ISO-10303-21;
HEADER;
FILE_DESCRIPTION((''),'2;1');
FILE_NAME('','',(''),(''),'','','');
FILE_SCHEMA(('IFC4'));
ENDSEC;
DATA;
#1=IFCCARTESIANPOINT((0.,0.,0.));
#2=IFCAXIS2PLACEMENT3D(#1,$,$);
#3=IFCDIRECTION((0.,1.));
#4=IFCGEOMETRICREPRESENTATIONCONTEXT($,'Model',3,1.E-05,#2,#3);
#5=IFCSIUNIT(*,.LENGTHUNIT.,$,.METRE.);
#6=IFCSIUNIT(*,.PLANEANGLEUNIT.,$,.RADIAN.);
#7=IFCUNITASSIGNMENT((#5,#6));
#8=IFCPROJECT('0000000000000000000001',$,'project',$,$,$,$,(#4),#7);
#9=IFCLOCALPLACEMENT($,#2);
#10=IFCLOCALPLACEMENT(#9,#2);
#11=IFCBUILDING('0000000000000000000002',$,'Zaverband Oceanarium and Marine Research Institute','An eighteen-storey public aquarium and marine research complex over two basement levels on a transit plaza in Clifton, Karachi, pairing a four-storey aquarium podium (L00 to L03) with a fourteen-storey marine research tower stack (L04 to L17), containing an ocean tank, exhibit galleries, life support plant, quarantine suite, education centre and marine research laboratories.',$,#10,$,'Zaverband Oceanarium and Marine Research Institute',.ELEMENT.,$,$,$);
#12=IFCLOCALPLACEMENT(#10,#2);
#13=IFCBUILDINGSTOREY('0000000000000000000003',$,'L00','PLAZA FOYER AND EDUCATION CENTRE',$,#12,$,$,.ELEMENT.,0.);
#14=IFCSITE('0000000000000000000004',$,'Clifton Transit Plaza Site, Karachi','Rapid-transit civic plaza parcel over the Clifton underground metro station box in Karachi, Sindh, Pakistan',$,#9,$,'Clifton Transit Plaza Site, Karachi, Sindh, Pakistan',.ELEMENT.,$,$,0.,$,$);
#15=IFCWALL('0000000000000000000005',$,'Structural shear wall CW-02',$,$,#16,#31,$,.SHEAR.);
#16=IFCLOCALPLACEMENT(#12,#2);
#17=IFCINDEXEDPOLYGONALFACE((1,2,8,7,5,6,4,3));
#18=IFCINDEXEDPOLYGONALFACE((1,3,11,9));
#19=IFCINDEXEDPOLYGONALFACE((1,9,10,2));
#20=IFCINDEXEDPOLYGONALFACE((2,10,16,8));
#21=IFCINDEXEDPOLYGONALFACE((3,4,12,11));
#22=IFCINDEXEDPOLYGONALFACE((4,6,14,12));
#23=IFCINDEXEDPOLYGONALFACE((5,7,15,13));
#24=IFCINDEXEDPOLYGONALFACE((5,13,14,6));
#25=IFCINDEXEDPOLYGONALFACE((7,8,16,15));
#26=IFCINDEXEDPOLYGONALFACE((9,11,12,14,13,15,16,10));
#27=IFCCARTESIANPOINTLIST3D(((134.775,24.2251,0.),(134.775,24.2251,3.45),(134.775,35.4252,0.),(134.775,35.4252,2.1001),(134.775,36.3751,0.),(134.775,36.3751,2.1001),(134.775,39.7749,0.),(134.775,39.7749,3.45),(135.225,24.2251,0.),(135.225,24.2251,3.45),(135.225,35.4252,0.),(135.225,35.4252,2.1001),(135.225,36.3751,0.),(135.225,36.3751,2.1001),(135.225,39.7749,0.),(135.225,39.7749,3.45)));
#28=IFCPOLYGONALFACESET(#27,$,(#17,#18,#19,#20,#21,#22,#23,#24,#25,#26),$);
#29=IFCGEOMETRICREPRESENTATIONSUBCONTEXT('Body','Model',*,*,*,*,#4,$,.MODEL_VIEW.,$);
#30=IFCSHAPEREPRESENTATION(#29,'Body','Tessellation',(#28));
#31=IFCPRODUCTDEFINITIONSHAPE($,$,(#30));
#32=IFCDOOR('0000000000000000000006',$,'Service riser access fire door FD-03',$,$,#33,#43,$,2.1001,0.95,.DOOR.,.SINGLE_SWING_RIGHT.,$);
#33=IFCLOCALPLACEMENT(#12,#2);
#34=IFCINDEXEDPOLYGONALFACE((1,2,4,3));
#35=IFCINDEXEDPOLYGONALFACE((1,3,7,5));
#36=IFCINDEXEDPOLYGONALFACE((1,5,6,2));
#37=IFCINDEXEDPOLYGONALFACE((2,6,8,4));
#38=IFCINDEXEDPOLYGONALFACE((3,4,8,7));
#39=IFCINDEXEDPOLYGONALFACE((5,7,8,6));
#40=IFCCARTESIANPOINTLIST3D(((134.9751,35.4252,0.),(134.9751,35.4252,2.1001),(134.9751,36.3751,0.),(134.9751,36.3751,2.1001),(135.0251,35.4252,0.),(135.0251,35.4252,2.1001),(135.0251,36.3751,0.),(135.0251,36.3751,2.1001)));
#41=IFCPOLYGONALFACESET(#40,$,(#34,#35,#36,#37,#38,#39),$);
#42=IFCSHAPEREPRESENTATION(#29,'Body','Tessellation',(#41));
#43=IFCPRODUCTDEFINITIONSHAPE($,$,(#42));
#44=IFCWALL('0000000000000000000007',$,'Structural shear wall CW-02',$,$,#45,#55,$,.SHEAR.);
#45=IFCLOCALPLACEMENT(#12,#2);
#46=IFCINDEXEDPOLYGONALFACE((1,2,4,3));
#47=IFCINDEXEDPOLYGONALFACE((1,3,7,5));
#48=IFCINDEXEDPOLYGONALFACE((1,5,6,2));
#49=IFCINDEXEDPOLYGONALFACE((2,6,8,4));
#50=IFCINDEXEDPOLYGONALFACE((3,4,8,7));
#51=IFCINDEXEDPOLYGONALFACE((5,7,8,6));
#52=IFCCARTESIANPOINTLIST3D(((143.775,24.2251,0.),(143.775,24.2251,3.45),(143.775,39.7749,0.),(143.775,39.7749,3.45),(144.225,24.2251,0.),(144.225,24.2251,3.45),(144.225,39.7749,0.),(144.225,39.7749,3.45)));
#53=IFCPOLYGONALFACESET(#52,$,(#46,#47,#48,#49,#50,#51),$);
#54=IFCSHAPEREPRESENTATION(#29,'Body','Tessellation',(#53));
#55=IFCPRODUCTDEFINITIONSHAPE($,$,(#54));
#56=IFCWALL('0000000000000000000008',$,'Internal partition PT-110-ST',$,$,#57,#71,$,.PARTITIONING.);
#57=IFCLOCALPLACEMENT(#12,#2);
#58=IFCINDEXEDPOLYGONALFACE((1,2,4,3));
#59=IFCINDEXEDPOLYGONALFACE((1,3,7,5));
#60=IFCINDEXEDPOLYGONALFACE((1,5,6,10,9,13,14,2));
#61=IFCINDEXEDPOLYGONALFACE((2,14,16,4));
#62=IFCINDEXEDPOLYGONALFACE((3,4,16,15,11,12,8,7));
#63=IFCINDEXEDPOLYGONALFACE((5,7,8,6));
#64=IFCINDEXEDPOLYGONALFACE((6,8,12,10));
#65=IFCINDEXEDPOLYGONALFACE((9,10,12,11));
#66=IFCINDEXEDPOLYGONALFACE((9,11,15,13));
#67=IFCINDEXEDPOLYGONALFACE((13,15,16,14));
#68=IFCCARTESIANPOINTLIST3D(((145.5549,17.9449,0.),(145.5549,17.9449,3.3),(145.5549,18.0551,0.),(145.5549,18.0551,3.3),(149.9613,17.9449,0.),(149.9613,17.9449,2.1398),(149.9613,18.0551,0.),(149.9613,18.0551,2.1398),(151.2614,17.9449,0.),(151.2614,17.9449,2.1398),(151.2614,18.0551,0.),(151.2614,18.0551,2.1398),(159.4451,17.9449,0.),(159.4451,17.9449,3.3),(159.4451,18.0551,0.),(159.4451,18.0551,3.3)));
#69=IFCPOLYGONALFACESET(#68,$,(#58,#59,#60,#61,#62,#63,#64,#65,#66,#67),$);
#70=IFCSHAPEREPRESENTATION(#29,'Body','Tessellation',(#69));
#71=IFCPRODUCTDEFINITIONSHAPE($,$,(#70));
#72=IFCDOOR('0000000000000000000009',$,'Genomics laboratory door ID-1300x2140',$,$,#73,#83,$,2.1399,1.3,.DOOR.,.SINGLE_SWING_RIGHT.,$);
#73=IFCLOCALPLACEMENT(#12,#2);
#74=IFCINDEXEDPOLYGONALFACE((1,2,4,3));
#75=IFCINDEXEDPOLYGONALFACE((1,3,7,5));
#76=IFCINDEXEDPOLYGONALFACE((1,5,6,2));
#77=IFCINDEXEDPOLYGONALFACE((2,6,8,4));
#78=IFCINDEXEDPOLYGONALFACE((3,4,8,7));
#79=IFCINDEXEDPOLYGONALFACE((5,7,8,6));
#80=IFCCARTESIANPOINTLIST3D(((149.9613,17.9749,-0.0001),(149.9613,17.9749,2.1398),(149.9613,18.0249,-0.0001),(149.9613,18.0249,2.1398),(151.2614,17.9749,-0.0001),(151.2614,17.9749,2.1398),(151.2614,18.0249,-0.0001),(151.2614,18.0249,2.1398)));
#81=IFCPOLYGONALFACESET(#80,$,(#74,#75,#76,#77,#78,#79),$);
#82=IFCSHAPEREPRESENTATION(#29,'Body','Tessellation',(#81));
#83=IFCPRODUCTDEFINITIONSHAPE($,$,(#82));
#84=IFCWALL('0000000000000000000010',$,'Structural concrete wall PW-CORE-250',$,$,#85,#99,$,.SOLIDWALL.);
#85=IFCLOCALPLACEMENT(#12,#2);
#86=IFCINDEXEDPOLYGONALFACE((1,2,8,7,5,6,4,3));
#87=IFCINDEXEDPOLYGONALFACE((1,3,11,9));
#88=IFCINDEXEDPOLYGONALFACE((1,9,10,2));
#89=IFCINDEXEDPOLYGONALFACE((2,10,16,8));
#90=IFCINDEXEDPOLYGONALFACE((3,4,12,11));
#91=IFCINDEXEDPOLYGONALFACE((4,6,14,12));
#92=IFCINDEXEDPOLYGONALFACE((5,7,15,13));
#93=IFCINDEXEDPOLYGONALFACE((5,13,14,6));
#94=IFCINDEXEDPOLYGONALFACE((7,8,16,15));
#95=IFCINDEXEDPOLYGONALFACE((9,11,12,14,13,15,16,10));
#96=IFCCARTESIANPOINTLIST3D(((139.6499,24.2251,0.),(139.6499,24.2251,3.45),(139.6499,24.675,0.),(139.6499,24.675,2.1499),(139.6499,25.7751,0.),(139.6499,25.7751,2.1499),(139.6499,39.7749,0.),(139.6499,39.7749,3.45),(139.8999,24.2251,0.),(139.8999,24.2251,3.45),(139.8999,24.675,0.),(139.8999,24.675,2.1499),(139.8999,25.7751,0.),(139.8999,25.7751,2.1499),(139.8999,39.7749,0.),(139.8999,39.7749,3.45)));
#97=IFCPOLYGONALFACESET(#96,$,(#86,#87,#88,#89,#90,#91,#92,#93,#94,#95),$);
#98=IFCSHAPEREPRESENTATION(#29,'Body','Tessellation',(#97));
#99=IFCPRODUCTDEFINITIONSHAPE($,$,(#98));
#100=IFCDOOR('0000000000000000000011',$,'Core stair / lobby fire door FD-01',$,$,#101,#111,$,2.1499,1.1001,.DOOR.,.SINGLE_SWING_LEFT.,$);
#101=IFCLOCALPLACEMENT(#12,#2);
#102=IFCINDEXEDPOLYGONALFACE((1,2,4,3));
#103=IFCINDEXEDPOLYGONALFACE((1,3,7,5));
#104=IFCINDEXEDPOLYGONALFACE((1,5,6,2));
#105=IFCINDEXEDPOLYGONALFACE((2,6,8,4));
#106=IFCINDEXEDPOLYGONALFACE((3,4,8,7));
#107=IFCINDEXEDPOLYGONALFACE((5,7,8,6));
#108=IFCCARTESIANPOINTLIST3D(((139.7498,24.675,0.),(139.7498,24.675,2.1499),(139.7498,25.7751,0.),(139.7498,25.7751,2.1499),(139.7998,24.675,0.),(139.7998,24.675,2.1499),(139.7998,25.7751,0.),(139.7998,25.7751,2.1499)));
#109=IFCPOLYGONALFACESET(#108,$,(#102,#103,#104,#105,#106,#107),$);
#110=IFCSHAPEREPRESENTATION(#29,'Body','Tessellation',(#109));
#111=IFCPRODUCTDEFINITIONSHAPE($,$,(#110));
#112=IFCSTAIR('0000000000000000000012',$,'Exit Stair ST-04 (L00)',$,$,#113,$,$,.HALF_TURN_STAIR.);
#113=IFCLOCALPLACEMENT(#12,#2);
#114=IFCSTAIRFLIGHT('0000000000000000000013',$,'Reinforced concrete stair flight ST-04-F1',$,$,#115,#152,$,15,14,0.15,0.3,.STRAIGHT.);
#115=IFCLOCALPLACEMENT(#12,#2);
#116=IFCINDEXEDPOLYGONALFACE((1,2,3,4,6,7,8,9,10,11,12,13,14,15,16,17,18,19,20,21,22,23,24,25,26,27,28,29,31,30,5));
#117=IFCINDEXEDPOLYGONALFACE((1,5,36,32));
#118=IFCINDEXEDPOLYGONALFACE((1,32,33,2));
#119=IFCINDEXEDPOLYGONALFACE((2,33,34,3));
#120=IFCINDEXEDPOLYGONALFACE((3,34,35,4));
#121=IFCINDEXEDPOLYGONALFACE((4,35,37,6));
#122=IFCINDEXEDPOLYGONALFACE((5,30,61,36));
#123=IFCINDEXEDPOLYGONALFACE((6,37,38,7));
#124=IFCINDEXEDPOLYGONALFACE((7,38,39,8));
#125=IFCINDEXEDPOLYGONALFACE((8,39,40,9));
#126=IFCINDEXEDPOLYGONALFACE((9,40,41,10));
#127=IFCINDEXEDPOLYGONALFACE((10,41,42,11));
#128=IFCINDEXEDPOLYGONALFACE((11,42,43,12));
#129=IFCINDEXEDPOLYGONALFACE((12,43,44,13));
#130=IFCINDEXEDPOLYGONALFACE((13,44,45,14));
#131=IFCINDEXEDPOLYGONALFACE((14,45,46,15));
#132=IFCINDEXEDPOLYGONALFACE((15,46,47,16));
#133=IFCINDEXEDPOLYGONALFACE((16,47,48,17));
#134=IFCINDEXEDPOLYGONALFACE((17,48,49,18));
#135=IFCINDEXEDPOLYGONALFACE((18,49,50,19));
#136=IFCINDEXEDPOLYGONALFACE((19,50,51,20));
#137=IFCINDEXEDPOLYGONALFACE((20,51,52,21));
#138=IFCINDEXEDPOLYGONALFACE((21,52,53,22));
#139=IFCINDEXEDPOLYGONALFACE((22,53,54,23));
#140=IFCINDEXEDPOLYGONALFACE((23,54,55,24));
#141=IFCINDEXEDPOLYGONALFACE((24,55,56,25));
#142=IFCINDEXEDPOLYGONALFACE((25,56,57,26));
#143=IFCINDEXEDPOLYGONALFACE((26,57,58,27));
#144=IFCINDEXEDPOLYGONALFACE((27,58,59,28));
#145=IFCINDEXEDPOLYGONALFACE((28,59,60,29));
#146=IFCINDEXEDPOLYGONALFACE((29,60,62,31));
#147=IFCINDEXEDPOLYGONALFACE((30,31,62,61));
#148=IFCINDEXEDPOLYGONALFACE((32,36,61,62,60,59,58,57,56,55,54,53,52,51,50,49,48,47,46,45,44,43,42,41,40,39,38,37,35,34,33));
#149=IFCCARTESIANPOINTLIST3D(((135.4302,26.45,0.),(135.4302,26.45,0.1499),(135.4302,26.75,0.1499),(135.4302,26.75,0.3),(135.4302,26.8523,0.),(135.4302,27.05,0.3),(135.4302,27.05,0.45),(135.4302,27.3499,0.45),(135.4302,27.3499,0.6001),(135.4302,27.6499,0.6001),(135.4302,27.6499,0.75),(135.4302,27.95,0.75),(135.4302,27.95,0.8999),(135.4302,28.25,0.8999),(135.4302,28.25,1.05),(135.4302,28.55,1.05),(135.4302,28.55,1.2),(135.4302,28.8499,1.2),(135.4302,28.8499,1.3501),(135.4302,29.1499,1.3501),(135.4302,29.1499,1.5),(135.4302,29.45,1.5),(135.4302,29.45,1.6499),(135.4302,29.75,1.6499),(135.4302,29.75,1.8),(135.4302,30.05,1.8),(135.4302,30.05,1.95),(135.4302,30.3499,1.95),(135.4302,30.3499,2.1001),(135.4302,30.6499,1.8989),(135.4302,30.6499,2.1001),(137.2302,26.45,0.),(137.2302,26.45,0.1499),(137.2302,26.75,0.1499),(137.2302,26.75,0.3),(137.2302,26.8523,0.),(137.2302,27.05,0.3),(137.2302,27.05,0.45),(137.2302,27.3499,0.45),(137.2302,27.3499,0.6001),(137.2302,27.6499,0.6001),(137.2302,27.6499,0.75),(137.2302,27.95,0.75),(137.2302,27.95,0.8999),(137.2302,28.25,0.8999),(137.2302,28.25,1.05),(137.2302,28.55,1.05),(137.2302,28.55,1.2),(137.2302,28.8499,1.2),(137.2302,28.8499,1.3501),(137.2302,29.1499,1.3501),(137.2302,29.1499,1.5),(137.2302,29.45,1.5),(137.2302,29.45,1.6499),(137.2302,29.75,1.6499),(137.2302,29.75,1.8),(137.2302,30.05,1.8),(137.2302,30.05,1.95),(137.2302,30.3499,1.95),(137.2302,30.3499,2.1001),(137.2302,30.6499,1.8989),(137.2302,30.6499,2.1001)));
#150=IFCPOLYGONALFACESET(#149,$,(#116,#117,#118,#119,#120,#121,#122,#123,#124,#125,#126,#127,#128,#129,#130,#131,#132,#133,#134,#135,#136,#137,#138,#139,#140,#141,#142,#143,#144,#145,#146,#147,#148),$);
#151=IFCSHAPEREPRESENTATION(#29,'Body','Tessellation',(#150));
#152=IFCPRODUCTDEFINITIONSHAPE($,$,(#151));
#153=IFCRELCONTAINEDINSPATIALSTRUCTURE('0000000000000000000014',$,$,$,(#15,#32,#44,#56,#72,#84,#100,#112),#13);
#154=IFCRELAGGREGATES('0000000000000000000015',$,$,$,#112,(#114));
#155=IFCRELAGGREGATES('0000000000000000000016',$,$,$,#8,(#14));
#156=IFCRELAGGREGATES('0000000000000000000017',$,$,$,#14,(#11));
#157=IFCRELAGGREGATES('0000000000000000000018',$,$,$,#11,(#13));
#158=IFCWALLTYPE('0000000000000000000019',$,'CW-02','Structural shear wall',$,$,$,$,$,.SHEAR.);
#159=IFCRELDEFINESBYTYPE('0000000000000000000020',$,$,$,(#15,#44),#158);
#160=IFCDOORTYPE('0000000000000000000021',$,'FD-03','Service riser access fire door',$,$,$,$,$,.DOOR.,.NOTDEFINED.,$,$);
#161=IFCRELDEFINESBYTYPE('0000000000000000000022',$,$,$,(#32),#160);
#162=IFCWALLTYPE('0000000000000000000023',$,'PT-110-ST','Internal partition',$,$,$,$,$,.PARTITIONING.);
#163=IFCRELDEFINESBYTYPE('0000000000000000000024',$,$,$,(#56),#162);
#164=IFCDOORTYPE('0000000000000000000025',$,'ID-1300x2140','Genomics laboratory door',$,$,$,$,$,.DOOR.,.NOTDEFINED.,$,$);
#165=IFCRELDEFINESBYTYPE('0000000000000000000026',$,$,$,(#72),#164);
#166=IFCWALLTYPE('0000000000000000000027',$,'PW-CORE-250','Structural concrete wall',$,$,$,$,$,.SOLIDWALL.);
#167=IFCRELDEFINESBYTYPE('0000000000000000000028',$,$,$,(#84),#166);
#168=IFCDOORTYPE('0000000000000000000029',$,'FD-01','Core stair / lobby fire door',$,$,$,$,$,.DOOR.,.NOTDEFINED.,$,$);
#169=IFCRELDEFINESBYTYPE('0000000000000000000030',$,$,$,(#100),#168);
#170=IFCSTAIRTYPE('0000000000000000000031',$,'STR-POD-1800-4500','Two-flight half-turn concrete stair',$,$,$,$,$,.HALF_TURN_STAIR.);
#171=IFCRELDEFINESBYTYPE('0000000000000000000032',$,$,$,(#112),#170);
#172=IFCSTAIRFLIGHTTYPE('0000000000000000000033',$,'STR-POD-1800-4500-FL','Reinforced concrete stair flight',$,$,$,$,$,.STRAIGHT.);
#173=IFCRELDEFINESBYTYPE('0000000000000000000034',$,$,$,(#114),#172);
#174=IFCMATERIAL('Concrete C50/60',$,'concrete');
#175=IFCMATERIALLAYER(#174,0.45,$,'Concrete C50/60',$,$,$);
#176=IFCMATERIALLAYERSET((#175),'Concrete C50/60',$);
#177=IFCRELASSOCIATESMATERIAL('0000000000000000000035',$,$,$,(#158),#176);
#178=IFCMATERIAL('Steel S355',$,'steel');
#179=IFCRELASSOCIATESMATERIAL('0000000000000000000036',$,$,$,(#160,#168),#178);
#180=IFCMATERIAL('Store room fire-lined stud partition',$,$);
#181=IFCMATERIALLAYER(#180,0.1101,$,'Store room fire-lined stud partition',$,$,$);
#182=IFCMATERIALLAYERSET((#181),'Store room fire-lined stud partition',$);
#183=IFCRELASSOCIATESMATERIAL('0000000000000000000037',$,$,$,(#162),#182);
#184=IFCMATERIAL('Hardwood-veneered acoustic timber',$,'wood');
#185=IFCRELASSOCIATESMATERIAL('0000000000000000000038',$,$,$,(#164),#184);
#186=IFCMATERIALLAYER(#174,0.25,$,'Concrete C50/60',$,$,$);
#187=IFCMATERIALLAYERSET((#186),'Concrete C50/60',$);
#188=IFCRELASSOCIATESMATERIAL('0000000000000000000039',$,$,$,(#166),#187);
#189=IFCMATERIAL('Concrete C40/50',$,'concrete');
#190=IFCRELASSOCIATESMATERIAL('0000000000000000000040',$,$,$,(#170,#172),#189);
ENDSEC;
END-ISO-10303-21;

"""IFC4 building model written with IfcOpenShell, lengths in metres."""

from ifc_helpers import new_model, si_unit, direction, frame, frame_2d, origin, place, context, subcontext, project, spatial, polyline, rectangle, outline, extrude, material, layer, layer_set, type_object, element, fill, aggregate, save


model = new_model("IFC4")

# Units and contexts
model_context = context("Model", 3, precision=1e-05, world=origin(), true_north=direction((0.0, 1.0)))
body_context = subcontext(model_context, "Body", "Model", "MODEL_VIEW")
ifc_project = project(units=[si_unit("LENGTHUNIT", "METRE"), si_unit("PLANEANGLEUNIT", "RADIAN")], contexts=[model_context])

# Site, building, storey
site_placement = place(None, origin())
site = spatial("IfcSite", under=ifc_project, at=site_placement, Name="Clifton Transit Plaza Site, Karachi", Description="Rapid-transit civic plaza parcel over the Clifton underground metro station box in Karachi, Sindh, Pakistan", LongName="Clifton Transit Plaza Site, Karachi, Sindh, Pakistan", CompositionType="ELEMENT", RefElevation=0.0)
building_placement = place(site_placement, origin())
building = spatial("IfcBuilding", under=site, at=building_placement, Name="Zaverband Oceanarium and Marine Research Institute", Description="An eighteen-storey public aquarium and marine research complex over two basement levels on a transit plaza in Clifton, Karachi, pairing a four-storey aquarium podium (L00 to L03) with a fourteen-storey marine research tower stack (L04 to L17), containing an ocean tank, exhibit galleries, life support plant, quarantine suite, education centre and marine research laboratories.", LongName="Zaverband Oceanarium and Marine Research Institute", CompositionType="ELEMENT")
storey_placement = place(building_placement, origin())
storey = spatial("IfcBuildingStorey", under=building, at=storey_placement, Name="L00", Description="PLAZA FOYER AND EDUCATION CENTRE", CompositionType="ELEMENT", Elevation=0.0)

# Shared definitions
ifc_material_1 = material(Name="Concrete C50/60", Category="concrete")

# Shared definitions
ifc_material_2 = material(Name="Concrete C40/50", Category="concrete")

# Wall, opening, door
ifc_layer_1 = layer(ifc_material_1, 0.45, Name="Concrete C50/60")
ifc_layer_set_1 = layer_set([ifc_layer_1], Name="Concrete C50/60")
wall_type_1 = type_object("IfcWallType", Name="CW-02", Description="Structural shear wall", PredefinedType="SHEAR", material=ifc_layer_set_1)
ifc_material_3 = material(Name="Steel S355", Category="steel")
wall_1_placement = place(storey_placement, frame((135.0, 24.2251, 0.0), z_axis=(0.0, 0.0, 1.0), x_axis=(0.0, 1.0, 0.0)))
wall_1 = element("IfcWall", 1, at=wall_1_placement, inside=storey, type_object=wall_type_1, Name="Structural shear wall CW-02", PredefinedType="SHEAR", context=body_context, shape_type="SweptSolid", body=[
    extrude(rectangle(XDim=15.5498, YDim=0.45, at=frame_2d((7.7749, 0.0))), origin(), (0.0, 0.0, 1.0), 3.45),
])
opening_1_placement = place(wall_1_placement, frame((11.2, 0.0, 0.0)))
opening_1 = element("IfcOpeningElement", 2, at=opening_1_placement, cuts=wall_1, PredefinedType="OPENING", context=body_context, shape_type="SweptSolid", body=[
    extrude(rectangle(XDim=0.95, YDim=2.1001, at=frame_2d((0.4751, 1.05))), frame((0.0, 0.2368, 0.0), z_axis=(0.0, -1.0, 0.0), x_axis=(1.0, 0.0, 0.0)), (0.0, 0.0, 1.0), 0.4739),
])
door_type_1 = type_object("IfcDoorType", Name="FD-03", Description="Service riser access fire door", OperationType="NOTDEFINED", PredefinedType="DOOR", material=ifc_material_3)
door_1_placement = place(opening_1_placement, origin())
door_1 = element("IfcDoor", 3, at=door_1_placement, inside=storey, type_object=door_type_1, Name="Service riser access fire door FD-03", OperationType="SINGLE_SWING_RIGHT", OverallHeight=2.1001, OverallWidth=0.95, PredefinedType="DOOR", context=body_context, shape_type="SweptSolid", body=[
    extrude(rectangle(XDim=0.95, YDim=2.1001, at=frame_2d((0.4751, 1.05))), frame((0.0, 0.0249, 0.0), z_axis=(0.0, -1.0, 0.0), x_axis=(1.0, 0.0, 0.0)), (0.0, 0.0, 1.0), 0.05),
])
fill(opening_1, door_1)

# Wall
wall_2_placement = place(storey_placement, frame((144.0, 24.2251, 0.0), z_axis=(0.0, 0.0, 1.0), x_axis=(0.0, 1.0, 0.0)))
element("IfcWall", 4, at=wall_2_placement, inside=storey, type_object=wall_type_1, Name="Structural shear wall CW-02", PredefinedType="SHEAR", context=body_context, shape_type="SweptSolid", body=[
    extrude(rectangle(XDim=15.5498, YDim=0.45, at=frame_2d((7.7749, 0.0))), origin(), (0.0, 0.0, 1.0), 3.45),
])

# Walls, openings, doors
ifc_material_4 = material(Name="Store room fire-lined stud partition")
ifc_layer_2 = layer(ifc_material_4, 0.1101, Name="Store room fire-lined stud partition")
ifc_layer_set_2 = layer_set([ifc_layer_2], Name="Store room fire-lined stud partition")
wall_type_2 = type_object("IfcWallType", Name="PT-110-ST", Description="Internal partition", PredefinedType="PARTITIONING", material=ifc_layer_set_2)
wall_3_placement = place(storey_placement, frame((145.5549, 18.0, 0.0), z_axis=(0.0, 0.0, 1.0), x_axis=(1.0, 0.0, 0.0)))
wall_3 = element("IfcWall", 5, at=wall_3_placement, inside=storey, type_object=wall_type_2, Name="Internal partition PT-110-ST", PredefinedType="PARTITIONING", context=body_context, shape_type="SweptSolid", body=[
    extrude(rectangle(XDim=13.8901, YDim=0.1101, at=frame_2d((6.9451, 0.0))), origin(), (0.0, 0.0, 1.0), 3.3),
])
opening_2_placement = place(wall_3_placement, frame((4.4065, 0.0, 0.0)))
opening_2 = element("IfcOpeningElement", 6, at=opening_2_placement, cuts=wall_3, PredefinedType="OPENING", context=body_context, shape_type="SweptSolid", body=[
    extrude(rectangle(XDim=1.3, YDim=2.1399, at=frame_2d((0.6499, 1.0698))), frame((0.0, 0.0669, 0.0), z_axis=(0.0, -1.0, 0.0), x_axis=(1.0, 0.0, 0.0)), (0.0, 0.0, 1.0), 0.134),
])
ifc_material_5 = material(Name="Hardwood-veneered acoustic timber", Category="wood")
door_type_2 = type_object("IfcDoorType", Name="ID-1300x2140", Description="Genomics laboratory door", OperationType="NOTDEFINED", PredefinedType="DOOR", material=ifc_material_5)
door_2_placement = place(opening_2_placement, origin())
door_2 = element("IfcDoor", 7, at=door_2_placement, inside=storey, type_object=door_type_2, Name="Genomics laboratory door ID-1300x2140", OperationType="SINGLE_SWING_RIGHT", OverallHeight=2.1399, OverallWidth=1.3, PredefinedType="DOOR", context=body_context, shape_type="SweptSolid", body=[
    extrude(rectangle(XDim=1.3, YDim=2.1399, at=frame_2d((0.6499, 1.0698))), frame((0.0, 0.0249, 0.0), z_axis=(0.0, -1.0, 0.0), x_axis=(1.0, 0.0, 0.0)), (0.0, 0.0, 1.0), 0.05),
])
fill(opening_2, door_2)
ifc_layer_3 = layer(ifc_material_1, 0.25, Name="Concrete C50/60")
ifc_layer_set_3 = layer_set([ifc_layer_3], Name="Concrete C50/60")
wall_type_3 = type_object("IfcWallType", Name="PW-CORE-250", Description="Structural concrete wall", PredefinedType="SOLIDWALL", material=ifc_layer_set_3)
wall_4_placement = place(storey_placement, frame((139.7749, 24.2251, 0.0), z_axis=(0.0, 0.0, 1.0), x_axis=(0.0, 1.0, 0.0)))
wall_4 = element("IfcWall", 8, at=wall_4_placement, inside=storey, type_object=wall_type_3, Name="Structural concrete wall PW-CORE-250", PredefinedType="SOLIDWALL", context=body_context, shape_type="SweptSolid", body=[
    extrude(rectangle(XDim=15.5498, YDim=0.25, at=frame_2d((7.7749, 0.0))), origin(), (0.0, 0.0, 1.0), 3.45),
])
opening_3_placement = place(wall_4_placement, frame((0.45, 0.0, 0.0)))
opening_3 = element("IfcOpeningElement", 9, at=opening_3_placement, cuts=wall_4, PredefinedType="OPENING", context=body_context, shape_type="SweptSolid", body=[
    extrude(rectangle(XDim=1.1001, YDim=2.1499, at=frame_2d((0.55, 1.075))), frame((0.0, 0.137, 0.0), z_axis=(0.0, -1.0, 0.0), x_axis=(1.0, 0.0, 0.0)), (0.0, 0.0, 1.0), 0.2739),
])
door_type_3 = type_object("IfcDoorType", Name="FD-01", Description="Core stair / lobby fire door", OperationType="NOTDEFINED", PredefinedType="DOOR", material=ifc_material_3)
door_3_placement = place(opening_3_placement, frame((1.1001, 0.0, 0.0), z_axis=(0.0, 0.0, 1.0), x_axis=(-1.0, 0.0, 0.0)))
door_3 = element("IfcDoor", 10, at=door_3_placement, inside=storey, type_object=door_type_3, Name="Core stair / lobby fire door FD-01", OperationType="SINGLE_SWING_LEFT", OverallHeight=2.1499, OverallWidth=1.1001, PredefinedType="DOOR", context=body_context, shape_type="SweptSolid", body=[
    extrude(rectangle(XDim=1.1001, YDim=2.1499, at=frame_2d((0.55, 1.075))), frame((0.0, 0.0249, 0.0), z_axis=(0.0, -1.0, 0.0), x_axis=(1.0, 0.0, 0.0)), (0.0, 0.0, 1.0), 0.05),
])
fill(opening_3, door_3)

# Stair, stair flight
stair_type = type_object("IfcStairType", Name="STR-POD-1800-4500", Description="Two-flight half-turn concrete stair", PredefinedType="HALF_TURN_STAIR", material=ifc_material_2)
stair_placement = place(storey_placement, origin())
stair = element("IfcStair", 11, at=stair_placement, inside=storey, type_object=stair_type, Name="Exit Stair ST-04 (L00)", PredefinedType="HALF_TURN_STAIR")
stair_flight_type = type_object("IfcStairFlightType", Name="STR-POD-1800-4500-FL", Description="Reinforced concrete stair flight", PredefinedType="STRAIGHT", material=ifc_material_2)
stair_flight_1_placement = place(storey_placement, frame((136.3301, 26.45, 0.0), z_axis=(0.0, 0.0, 1.0), x_axis=(0.0, 1.0, 0.0)))
stair_flight_1 = element("IfcStairFlight", 12, at=stair_flight_1_placement, type_object=stair_flight_type, Name="Reinforced concrete stair flight ST-04-F1", NumberOfRisers=15, NumberOfTreads=14, PredefinedType="STRAIGHT", RiserHeight=0.15, TreadLength=0.3, context=body_context, shape_type="SweptSolid", body=[
    extrude(outline(polyline([(0.0, 0.0), (0.0, 0.1499), (0.3, 0.1499), (0.3, 0.3), (0.6001, 0.3), (0.6001, 0.45), (0.8999, 0.45), (0.8999, 0.6001), (1.2, 0.6001), (1.2, 0.75), (1.5, 0.75), (1.5, 0.8999), (1.8, 0.8999), (1.8, 1.05), (2.1001, 1.05), (2.1001, 1.2), (2.3999, 1.2), (2.3999, 1.3501), (2.7, 1.3501), (2.7, 1.5), (3.0, 1.5), (3.0, 1.6499), (3.3, 1.6499), (3.3, 1.8), (3.6001, 1.8), (3.6001, 1.95), (3.8999, 1.95), (3.8999, 2.1001), (4.2, 2.1001), (4.2, 2.25), (4.2, 1.8989), (0.4023, 0.0), (0.0, 0.0)])), frame((0.0, 0.8999, 0.0), z_axis=(0.0, -1.0, 0.0), x_axis=(1.0, 0.0, 0.0)), (0.0, 0.0, 1.0), 1.8),
])
aggregate(stair, [stair_flight_1])

save(model, "model.ifc")
